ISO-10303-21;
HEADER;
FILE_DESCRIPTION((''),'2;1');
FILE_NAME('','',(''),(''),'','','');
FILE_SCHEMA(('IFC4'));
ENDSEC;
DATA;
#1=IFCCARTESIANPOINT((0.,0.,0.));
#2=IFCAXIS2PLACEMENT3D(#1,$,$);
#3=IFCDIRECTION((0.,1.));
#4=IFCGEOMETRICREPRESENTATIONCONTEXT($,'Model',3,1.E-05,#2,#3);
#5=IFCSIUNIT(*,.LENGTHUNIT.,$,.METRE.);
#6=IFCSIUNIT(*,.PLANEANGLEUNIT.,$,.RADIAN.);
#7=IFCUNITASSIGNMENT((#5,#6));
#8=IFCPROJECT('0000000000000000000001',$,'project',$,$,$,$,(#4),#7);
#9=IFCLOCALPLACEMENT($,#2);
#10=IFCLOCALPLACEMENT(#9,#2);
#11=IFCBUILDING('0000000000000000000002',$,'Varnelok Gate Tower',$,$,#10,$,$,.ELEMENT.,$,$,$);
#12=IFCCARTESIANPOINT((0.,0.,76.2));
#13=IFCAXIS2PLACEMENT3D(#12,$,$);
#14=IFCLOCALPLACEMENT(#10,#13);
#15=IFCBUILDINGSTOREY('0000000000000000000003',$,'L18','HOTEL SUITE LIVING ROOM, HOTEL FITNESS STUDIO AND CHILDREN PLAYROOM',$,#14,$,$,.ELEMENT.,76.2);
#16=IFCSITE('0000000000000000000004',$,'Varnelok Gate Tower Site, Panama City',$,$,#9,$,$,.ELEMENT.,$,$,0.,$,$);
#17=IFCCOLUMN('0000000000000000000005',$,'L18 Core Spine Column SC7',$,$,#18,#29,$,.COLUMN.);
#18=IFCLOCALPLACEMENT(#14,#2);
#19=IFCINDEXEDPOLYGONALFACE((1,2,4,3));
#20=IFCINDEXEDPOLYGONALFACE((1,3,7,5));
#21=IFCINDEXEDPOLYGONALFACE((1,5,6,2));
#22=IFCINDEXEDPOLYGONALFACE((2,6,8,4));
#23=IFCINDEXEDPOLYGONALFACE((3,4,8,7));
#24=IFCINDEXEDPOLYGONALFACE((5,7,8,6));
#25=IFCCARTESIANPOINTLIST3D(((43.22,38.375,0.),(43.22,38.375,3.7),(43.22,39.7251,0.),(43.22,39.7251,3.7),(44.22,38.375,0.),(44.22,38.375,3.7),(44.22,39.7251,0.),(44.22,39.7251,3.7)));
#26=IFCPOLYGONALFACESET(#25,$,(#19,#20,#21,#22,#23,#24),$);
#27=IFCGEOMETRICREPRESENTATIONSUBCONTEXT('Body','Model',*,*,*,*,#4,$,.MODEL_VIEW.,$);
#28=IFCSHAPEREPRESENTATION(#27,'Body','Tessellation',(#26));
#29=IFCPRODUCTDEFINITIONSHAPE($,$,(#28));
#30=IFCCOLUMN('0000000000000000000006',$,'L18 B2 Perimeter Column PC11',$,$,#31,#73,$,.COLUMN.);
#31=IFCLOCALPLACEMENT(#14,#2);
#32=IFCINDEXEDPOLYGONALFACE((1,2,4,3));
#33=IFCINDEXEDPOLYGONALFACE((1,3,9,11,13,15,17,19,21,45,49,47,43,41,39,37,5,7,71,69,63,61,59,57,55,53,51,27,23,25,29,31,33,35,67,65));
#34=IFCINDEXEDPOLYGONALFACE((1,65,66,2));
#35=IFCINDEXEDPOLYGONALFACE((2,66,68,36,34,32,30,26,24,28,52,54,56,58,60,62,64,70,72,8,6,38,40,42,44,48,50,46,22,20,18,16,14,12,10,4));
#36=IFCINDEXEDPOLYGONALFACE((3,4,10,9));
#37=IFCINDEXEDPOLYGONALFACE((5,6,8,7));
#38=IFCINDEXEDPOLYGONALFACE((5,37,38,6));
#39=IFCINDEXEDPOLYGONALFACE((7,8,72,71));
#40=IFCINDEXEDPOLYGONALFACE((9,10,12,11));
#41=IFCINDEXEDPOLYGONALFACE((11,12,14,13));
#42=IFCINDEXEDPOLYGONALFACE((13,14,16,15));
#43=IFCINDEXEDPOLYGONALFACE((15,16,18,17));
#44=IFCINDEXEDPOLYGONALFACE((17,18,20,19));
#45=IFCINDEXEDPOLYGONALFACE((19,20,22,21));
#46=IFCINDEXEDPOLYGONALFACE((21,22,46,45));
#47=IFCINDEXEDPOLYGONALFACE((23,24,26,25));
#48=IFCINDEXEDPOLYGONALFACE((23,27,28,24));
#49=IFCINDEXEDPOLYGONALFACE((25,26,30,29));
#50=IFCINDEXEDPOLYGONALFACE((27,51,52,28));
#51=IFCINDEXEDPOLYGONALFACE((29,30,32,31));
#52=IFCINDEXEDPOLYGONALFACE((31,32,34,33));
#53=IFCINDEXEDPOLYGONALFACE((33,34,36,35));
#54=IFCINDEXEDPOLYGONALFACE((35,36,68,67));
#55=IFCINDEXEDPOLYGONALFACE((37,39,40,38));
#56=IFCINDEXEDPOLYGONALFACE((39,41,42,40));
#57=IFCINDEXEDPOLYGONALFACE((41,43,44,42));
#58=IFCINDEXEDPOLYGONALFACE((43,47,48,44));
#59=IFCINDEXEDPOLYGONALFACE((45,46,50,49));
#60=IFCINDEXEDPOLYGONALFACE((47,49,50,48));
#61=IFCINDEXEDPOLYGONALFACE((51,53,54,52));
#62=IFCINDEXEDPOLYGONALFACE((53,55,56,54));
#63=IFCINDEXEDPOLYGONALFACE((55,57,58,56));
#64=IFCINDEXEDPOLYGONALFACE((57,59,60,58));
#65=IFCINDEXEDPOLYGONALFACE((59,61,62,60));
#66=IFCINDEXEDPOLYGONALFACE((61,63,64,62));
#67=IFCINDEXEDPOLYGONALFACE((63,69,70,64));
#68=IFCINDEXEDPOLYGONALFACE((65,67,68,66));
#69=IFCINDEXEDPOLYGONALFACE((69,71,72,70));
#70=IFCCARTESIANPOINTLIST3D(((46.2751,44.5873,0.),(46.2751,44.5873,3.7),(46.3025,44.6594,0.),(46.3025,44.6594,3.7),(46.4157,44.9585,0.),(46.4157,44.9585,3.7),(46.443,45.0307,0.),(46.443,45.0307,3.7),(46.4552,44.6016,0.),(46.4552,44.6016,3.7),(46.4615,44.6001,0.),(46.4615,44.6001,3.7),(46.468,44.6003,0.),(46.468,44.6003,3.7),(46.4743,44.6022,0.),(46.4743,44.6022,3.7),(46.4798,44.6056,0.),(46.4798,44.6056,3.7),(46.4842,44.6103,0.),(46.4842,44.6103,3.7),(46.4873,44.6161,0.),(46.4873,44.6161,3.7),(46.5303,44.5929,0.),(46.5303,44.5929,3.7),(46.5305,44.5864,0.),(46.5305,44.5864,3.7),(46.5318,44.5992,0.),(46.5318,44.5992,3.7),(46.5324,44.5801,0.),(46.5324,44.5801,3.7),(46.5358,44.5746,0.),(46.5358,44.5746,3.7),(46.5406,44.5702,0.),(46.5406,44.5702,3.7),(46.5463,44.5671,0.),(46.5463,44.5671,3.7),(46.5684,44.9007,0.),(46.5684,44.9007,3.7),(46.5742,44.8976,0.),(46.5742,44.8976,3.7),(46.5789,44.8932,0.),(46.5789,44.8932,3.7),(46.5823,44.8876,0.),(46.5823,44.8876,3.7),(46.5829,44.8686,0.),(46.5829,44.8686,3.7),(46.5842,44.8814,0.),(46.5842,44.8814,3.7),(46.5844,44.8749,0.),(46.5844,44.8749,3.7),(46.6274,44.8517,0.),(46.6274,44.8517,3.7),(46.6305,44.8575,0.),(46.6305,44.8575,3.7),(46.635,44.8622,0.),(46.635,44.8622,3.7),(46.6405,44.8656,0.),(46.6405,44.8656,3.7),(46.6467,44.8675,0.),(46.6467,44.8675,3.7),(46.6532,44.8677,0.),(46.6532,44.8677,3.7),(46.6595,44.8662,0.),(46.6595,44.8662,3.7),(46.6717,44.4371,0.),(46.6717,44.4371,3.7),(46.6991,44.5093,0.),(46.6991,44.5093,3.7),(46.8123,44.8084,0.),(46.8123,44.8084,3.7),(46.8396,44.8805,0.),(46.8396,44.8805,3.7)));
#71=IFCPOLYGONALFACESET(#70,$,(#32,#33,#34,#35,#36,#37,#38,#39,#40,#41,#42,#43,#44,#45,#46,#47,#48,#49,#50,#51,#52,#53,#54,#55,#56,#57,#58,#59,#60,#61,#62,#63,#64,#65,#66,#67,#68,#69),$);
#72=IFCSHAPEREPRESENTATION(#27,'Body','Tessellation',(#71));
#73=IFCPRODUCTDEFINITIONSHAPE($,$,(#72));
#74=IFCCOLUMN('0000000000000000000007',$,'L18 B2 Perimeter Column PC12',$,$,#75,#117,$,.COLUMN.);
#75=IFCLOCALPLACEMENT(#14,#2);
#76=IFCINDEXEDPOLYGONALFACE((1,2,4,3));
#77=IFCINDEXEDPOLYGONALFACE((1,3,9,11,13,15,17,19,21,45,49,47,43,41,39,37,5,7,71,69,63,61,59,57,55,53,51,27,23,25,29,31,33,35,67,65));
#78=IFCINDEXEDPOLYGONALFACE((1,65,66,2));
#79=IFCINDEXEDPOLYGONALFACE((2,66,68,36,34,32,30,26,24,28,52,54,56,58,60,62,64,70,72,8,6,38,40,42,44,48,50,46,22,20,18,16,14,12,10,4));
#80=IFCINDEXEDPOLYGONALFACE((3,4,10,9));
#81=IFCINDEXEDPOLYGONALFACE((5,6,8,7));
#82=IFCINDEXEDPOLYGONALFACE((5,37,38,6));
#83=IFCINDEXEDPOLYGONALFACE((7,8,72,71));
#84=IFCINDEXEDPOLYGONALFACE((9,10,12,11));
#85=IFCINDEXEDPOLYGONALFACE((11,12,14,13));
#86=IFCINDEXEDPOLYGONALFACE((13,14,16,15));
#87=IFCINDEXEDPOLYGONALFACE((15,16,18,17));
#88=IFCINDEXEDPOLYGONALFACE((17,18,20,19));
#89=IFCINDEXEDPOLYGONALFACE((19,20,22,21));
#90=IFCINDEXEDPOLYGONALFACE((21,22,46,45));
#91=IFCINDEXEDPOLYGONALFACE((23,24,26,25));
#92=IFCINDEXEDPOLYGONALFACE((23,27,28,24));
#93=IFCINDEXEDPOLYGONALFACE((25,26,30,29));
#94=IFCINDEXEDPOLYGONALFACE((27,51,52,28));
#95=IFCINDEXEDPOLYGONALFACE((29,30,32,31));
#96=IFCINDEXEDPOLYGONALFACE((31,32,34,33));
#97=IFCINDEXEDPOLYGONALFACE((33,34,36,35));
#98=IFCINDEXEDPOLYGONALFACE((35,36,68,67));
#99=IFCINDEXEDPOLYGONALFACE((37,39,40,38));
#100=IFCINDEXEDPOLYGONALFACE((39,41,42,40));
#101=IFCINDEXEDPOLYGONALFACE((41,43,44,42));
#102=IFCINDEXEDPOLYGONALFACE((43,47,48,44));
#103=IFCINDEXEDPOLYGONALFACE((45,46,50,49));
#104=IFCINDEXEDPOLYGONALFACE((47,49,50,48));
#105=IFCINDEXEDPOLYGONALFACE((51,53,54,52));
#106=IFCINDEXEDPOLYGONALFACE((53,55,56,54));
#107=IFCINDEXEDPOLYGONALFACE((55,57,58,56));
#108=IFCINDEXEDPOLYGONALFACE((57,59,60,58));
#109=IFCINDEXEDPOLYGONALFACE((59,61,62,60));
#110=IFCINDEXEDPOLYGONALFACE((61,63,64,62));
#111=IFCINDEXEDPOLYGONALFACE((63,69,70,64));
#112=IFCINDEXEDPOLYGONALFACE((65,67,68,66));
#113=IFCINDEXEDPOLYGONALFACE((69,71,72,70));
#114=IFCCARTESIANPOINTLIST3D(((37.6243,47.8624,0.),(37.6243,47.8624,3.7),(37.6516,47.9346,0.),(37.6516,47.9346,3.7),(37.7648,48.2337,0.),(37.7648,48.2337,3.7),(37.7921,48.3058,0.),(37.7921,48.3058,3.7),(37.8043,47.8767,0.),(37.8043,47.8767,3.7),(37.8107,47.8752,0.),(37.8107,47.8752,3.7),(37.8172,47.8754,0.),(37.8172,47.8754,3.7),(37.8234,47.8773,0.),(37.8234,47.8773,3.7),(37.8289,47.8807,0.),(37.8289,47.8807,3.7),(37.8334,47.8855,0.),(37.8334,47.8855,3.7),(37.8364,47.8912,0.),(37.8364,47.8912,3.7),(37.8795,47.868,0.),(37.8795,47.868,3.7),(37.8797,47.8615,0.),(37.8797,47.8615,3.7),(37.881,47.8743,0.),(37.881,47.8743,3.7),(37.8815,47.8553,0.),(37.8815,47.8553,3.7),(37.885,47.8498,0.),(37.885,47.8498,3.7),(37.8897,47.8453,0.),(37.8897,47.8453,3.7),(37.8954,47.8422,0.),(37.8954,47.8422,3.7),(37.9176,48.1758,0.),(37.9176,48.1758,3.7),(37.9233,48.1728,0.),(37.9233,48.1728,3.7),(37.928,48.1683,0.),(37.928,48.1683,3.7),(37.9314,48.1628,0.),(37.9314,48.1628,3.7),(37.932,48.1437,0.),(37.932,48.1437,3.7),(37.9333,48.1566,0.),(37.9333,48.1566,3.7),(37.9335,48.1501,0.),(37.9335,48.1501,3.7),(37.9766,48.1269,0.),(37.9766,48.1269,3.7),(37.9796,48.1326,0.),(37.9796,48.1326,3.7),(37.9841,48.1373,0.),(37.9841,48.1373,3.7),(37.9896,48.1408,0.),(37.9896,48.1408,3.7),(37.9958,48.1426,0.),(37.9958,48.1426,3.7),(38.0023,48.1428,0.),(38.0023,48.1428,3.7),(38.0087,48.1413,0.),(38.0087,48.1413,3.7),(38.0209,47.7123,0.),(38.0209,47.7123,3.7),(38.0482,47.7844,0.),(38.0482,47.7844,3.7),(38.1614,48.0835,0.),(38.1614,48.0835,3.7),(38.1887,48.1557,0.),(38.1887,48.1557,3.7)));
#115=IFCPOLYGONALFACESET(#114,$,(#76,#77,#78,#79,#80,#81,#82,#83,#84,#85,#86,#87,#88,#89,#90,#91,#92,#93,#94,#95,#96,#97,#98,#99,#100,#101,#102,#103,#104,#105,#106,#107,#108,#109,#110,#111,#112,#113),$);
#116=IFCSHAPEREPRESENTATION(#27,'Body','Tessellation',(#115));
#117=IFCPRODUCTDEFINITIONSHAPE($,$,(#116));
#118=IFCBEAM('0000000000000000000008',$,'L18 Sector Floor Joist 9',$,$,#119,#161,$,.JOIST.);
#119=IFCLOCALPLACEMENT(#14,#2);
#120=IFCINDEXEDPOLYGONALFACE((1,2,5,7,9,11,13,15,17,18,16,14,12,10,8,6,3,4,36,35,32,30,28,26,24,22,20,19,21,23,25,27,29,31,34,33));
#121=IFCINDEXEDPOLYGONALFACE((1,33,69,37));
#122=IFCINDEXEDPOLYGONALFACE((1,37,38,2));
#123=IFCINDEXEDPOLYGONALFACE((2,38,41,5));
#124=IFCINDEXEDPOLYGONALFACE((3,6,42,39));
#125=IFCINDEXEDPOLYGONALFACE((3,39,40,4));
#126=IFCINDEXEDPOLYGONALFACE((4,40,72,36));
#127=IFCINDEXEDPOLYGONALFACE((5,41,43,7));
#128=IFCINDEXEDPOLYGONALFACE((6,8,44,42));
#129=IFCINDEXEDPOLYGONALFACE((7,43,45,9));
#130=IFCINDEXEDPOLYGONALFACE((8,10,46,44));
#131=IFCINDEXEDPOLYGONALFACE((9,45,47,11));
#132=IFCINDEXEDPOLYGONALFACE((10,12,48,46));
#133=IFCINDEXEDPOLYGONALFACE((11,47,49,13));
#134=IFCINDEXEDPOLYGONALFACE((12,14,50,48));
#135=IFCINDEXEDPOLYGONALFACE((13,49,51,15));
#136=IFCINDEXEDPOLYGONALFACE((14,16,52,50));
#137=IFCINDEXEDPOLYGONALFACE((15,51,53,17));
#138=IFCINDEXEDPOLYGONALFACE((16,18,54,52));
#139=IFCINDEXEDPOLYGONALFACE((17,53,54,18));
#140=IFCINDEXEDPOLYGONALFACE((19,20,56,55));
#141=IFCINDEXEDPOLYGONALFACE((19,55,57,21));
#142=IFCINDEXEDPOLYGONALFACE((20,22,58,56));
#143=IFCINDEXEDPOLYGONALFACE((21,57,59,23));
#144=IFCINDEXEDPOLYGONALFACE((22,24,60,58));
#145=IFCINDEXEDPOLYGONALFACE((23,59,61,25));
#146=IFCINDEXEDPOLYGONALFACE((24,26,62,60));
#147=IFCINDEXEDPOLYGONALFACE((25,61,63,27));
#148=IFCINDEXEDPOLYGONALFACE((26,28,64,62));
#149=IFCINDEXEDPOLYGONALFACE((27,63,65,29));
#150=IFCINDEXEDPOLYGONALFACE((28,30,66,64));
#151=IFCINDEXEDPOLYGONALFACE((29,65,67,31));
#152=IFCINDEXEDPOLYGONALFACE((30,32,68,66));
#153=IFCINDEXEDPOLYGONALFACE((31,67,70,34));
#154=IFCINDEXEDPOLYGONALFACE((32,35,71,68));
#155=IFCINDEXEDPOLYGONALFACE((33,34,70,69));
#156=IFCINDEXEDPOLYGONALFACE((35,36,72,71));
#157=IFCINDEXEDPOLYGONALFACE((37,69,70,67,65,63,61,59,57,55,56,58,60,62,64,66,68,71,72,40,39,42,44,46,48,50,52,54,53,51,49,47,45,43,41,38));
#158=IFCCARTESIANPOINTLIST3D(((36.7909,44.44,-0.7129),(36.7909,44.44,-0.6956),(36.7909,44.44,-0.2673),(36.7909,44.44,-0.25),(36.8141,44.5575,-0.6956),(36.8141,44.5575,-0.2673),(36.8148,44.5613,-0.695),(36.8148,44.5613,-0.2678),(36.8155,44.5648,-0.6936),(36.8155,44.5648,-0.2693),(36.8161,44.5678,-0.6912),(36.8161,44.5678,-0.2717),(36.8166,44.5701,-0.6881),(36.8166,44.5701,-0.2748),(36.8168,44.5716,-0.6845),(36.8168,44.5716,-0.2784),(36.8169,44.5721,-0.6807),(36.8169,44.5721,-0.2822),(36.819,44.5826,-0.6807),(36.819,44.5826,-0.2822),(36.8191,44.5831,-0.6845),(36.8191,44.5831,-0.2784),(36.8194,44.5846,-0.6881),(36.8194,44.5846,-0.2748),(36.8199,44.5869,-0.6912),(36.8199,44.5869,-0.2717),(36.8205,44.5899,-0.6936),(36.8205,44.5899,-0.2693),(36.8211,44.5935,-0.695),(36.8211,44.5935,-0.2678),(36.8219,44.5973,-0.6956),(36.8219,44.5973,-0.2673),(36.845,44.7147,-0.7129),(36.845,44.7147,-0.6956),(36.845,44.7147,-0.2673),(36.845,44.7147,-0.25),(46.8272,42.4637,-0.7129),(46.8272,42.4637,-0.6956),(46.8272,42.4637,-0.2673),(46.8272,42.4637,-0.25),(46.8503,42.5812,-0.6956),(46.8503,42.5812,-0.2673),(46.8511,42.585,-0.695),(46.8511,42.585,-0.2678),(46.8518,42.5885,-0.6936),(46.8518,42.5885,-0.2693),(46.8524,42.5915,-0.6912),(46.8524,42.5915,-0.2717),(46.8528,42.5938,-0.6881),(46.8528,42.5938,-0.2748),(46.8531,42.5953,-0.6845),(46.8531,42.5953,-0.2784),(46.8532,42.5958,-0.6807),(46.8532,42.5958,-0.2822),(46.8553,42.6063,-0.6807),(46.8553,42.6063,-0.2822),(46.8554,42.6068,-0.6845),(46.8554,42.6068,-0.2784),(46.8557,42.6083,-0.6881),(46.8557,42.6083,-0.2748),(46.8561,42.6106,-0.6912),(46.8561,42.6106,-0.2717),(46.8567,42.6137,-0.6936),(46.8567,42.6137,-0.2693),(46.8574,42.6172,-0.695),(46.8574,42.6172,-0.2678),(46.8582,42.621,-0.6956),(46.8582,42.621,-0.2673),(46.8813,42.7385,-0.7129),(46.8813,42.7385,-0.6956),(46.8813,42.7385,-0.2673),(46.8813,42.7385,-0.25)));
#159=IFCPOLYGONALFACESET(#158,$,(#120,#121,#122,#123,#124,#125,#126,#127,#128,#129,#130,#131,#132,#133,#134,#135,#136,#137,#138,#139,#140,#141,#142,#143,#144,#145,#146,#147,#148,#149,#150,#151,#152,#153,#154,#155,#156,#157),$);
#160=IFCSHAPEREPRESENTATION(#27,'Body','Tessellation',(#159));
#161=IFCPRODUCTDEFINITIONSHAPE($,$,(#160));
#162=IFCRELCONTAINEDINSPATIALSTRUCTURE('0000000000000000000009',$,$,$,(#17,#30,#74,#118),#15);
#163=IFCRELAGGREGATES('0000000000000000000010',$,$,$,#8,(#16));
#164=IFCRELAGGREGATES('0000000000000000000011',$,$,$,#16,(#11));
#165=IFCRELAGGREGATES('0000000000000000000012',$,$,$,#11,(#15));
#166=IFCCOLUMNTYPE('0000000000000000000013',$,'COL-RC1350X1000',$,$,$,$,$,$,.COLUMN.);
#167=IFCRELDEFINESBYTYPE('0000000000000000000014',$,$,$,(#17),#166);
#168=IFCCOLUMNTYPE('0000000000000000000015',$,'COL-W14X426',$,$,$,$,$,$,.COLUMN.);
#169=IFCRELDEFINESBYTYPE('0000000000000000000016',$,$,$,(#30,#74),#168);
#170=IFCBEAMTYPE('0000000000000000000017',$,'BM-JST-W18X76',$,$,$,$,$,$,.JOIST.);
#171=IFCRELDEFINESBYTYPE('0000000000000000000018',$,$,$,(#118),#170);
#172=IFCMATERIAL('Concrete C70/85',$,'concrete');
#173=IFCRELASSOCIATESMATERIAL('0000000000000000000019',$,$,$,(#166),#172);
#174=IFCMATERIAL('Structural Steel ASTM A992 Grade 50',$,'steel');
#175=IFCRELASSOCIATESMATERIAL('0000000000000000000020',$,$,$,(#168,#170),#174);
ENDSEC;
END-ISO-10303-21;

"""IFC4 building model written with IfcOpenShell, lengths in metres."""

from ifc_helpers import new_model, si_unit, direction, frame, origin, origin_2d, place, context, subcontext, project, spatial, rectangle, i_section, extrude, material, material_profile, profile_set, type_object, element, save


model = new_model("IFC4")

# Units and contexts
model_context = context("Model", 3, precision=1e-05, world=origin(), true_north=direction((0.0, 1.0)))
body_context = subcontext(model_context, "Body", "Model", "MODEL_VIEW")
ifc_project = project(units=[si_unit("LENGTHUNIT", "METRE"), si_unit("PLANEANGLEUNIT", "RADIAN")], contexts=[model_context])

# Site, building, storey
site_placement = place(None, origin())
site = spatial("IfcSite", under=ifc_project, at=site_placement, Name="Varnelok Gate Tower Site, Panama City", CompositionType="ELEMENT", RefElevation=0.0)
building_placement = place(site_placement, origin())
building = spatial("IfcBuilding", under=site, at=building_placement, Name="Varnelok Gate Tower", CompositionType="ELEMENT")
storey_placement = place(building_placement, frame((0.0, 0.0, 76.2)))
storey = spatial("IfcBuildingStorey", under=building, at=storey_placement, Name="L18", Description="HOTEL SUITE LIVING ROOM, HOTEL FITNESS STUDIO AND CHILDREN PLAYROOM", CompositionType="ELEMENT", Elevation=76.2)

# Columns
ifc_material_1 = material(Name="Concrete C70/85", Category="concrete")
ifc_material_profile_1 = material_profile(ifc_material_1, rectangle(XDim=1.0, YDim=1.3501, at=origin_2d()), Name="RC1350X1000")
ifc_profile_set_1 = profile_set([ifc_material_profile_1], Name="Concrete C70/85")
column_type_1 = type_object("IfcColumnType", Name="COL-RC1350X1000", PredefinedType="COLUMN", material=ifc_profile_set_1)
column_placement = place(storey_placement, frame((43.72, 39.05, 0.0), z_axis=(0.0, 0.0, 1.0), x_axis=(1.0, 0.0, 0.0)))
element("IfcColumn", 1, at=column_placement, inside=storey, type_object=column_type_1, Name="L18 Core Spine Column SC7", PredefinedType="COLUMN", context=body_context, shape_type="SweptSolid", body=[
    extrude(rectangle(XDim=1.0, YDim=1.3501, at=origin_2d()), origin(), (0.0, 0.0, 1.0), 3.7),
])
ifc_material_2 = material(Name="Structural Steel ASTM A992 Grade 50", Category="steel")
ifc_material_profile_2 = material_profile(ifc_material_2, i_section(OverallWidth=0.4241, OverallDepth=0.4741, WebThickness=0.0476, FlangeThickness=0.0771, FilletRadius=0.0249, at=origin_2d()), Name="W14X426")
ifc_profile_set_2 = profile_set([ifc_material_profile_2], Name="Structural Steel ASTM A992 Grade 50")
column_type_2 = type_object("IfcColumnType", Name="COL-W14X426", PredefinedType="COLUMN", material=ifc_profile_set_2)
for number, where, z_axis, x_axis, name in (
    (2, (46.5574, 44.7339, 0.0), (0.0, 0.0, 1.0), (0.935222, -0.354063, 0.0), "L18 B2 Perimeter Column PC11"),
    (3, (37.9065, 48.009, 0.0), (0.0, 0.0, 1.0), (0.935222, -0.354063, 0.0), "L18 B2 Perimeter Column PC12"),
):
    element("IfcColumn", number, at=place(storey_placement, frame(where, z_axis=z_axis, x_axis=x_axis)), inside=storey, type_object=column_type_2, Name=name, PredefinedType="COLUMN", context=body_context, shape_type="SweptSolid", body=[
        extrude(i_section(OverallWidth=0.4241, OverallDepth=0.4741, WebThickness=0.0476, FlangeThickness=0.0771, FilletRadius=0.0249, at=origin_2d()), origin(), (0.0, 0.0, 1.0), 3.7),
    ])

# Beam
ifc_material_profile_3 = material_profile(ifc_material_2, i_section(OverallWidth=0.28, OverallDepth=0.4629, WebThickness=0.0107, FlangeThickness=0.0173, FilletRadius=0.0149, at=origin_2d()), Name="W18X76")
ifc_profile_set_3 = profile_set([ifc_material_profile_3], Name="Structural Steel ASTM A992 Grade 50")
beam_type_1 = type_object("IfcBeamType", Name="BM-JST-W18X76", PredefinedType="JOIST", material=ifc_profile_set_3)
beam_1_placement = place(storey_placement, frame((46.8542, 42.6011, -0.4814), z_axis=(-0.981158, 0.193205, 0.0), x_axis=(-0.193205, -0.981158, 0.0)))
element("IfcBeam", 4, at=beam_1_placement, inside=storey, type_object=beam_type_1, Name="L18 Sector Floor Joist 9", PredefinedType="JOIST", context=body_context, shape_type="SweptSolid", body=[
    extrude(i_section(OverallWidth=0.28, OverallDepth=0.4629, WebThickness=0.0107, FlangeThickness=0.0173, FilletRadius=0.0149, at=origin_2d()), origin(), (0.0, 0.0, 1.0), 10.229),
])

save(model, "model.ifc")
